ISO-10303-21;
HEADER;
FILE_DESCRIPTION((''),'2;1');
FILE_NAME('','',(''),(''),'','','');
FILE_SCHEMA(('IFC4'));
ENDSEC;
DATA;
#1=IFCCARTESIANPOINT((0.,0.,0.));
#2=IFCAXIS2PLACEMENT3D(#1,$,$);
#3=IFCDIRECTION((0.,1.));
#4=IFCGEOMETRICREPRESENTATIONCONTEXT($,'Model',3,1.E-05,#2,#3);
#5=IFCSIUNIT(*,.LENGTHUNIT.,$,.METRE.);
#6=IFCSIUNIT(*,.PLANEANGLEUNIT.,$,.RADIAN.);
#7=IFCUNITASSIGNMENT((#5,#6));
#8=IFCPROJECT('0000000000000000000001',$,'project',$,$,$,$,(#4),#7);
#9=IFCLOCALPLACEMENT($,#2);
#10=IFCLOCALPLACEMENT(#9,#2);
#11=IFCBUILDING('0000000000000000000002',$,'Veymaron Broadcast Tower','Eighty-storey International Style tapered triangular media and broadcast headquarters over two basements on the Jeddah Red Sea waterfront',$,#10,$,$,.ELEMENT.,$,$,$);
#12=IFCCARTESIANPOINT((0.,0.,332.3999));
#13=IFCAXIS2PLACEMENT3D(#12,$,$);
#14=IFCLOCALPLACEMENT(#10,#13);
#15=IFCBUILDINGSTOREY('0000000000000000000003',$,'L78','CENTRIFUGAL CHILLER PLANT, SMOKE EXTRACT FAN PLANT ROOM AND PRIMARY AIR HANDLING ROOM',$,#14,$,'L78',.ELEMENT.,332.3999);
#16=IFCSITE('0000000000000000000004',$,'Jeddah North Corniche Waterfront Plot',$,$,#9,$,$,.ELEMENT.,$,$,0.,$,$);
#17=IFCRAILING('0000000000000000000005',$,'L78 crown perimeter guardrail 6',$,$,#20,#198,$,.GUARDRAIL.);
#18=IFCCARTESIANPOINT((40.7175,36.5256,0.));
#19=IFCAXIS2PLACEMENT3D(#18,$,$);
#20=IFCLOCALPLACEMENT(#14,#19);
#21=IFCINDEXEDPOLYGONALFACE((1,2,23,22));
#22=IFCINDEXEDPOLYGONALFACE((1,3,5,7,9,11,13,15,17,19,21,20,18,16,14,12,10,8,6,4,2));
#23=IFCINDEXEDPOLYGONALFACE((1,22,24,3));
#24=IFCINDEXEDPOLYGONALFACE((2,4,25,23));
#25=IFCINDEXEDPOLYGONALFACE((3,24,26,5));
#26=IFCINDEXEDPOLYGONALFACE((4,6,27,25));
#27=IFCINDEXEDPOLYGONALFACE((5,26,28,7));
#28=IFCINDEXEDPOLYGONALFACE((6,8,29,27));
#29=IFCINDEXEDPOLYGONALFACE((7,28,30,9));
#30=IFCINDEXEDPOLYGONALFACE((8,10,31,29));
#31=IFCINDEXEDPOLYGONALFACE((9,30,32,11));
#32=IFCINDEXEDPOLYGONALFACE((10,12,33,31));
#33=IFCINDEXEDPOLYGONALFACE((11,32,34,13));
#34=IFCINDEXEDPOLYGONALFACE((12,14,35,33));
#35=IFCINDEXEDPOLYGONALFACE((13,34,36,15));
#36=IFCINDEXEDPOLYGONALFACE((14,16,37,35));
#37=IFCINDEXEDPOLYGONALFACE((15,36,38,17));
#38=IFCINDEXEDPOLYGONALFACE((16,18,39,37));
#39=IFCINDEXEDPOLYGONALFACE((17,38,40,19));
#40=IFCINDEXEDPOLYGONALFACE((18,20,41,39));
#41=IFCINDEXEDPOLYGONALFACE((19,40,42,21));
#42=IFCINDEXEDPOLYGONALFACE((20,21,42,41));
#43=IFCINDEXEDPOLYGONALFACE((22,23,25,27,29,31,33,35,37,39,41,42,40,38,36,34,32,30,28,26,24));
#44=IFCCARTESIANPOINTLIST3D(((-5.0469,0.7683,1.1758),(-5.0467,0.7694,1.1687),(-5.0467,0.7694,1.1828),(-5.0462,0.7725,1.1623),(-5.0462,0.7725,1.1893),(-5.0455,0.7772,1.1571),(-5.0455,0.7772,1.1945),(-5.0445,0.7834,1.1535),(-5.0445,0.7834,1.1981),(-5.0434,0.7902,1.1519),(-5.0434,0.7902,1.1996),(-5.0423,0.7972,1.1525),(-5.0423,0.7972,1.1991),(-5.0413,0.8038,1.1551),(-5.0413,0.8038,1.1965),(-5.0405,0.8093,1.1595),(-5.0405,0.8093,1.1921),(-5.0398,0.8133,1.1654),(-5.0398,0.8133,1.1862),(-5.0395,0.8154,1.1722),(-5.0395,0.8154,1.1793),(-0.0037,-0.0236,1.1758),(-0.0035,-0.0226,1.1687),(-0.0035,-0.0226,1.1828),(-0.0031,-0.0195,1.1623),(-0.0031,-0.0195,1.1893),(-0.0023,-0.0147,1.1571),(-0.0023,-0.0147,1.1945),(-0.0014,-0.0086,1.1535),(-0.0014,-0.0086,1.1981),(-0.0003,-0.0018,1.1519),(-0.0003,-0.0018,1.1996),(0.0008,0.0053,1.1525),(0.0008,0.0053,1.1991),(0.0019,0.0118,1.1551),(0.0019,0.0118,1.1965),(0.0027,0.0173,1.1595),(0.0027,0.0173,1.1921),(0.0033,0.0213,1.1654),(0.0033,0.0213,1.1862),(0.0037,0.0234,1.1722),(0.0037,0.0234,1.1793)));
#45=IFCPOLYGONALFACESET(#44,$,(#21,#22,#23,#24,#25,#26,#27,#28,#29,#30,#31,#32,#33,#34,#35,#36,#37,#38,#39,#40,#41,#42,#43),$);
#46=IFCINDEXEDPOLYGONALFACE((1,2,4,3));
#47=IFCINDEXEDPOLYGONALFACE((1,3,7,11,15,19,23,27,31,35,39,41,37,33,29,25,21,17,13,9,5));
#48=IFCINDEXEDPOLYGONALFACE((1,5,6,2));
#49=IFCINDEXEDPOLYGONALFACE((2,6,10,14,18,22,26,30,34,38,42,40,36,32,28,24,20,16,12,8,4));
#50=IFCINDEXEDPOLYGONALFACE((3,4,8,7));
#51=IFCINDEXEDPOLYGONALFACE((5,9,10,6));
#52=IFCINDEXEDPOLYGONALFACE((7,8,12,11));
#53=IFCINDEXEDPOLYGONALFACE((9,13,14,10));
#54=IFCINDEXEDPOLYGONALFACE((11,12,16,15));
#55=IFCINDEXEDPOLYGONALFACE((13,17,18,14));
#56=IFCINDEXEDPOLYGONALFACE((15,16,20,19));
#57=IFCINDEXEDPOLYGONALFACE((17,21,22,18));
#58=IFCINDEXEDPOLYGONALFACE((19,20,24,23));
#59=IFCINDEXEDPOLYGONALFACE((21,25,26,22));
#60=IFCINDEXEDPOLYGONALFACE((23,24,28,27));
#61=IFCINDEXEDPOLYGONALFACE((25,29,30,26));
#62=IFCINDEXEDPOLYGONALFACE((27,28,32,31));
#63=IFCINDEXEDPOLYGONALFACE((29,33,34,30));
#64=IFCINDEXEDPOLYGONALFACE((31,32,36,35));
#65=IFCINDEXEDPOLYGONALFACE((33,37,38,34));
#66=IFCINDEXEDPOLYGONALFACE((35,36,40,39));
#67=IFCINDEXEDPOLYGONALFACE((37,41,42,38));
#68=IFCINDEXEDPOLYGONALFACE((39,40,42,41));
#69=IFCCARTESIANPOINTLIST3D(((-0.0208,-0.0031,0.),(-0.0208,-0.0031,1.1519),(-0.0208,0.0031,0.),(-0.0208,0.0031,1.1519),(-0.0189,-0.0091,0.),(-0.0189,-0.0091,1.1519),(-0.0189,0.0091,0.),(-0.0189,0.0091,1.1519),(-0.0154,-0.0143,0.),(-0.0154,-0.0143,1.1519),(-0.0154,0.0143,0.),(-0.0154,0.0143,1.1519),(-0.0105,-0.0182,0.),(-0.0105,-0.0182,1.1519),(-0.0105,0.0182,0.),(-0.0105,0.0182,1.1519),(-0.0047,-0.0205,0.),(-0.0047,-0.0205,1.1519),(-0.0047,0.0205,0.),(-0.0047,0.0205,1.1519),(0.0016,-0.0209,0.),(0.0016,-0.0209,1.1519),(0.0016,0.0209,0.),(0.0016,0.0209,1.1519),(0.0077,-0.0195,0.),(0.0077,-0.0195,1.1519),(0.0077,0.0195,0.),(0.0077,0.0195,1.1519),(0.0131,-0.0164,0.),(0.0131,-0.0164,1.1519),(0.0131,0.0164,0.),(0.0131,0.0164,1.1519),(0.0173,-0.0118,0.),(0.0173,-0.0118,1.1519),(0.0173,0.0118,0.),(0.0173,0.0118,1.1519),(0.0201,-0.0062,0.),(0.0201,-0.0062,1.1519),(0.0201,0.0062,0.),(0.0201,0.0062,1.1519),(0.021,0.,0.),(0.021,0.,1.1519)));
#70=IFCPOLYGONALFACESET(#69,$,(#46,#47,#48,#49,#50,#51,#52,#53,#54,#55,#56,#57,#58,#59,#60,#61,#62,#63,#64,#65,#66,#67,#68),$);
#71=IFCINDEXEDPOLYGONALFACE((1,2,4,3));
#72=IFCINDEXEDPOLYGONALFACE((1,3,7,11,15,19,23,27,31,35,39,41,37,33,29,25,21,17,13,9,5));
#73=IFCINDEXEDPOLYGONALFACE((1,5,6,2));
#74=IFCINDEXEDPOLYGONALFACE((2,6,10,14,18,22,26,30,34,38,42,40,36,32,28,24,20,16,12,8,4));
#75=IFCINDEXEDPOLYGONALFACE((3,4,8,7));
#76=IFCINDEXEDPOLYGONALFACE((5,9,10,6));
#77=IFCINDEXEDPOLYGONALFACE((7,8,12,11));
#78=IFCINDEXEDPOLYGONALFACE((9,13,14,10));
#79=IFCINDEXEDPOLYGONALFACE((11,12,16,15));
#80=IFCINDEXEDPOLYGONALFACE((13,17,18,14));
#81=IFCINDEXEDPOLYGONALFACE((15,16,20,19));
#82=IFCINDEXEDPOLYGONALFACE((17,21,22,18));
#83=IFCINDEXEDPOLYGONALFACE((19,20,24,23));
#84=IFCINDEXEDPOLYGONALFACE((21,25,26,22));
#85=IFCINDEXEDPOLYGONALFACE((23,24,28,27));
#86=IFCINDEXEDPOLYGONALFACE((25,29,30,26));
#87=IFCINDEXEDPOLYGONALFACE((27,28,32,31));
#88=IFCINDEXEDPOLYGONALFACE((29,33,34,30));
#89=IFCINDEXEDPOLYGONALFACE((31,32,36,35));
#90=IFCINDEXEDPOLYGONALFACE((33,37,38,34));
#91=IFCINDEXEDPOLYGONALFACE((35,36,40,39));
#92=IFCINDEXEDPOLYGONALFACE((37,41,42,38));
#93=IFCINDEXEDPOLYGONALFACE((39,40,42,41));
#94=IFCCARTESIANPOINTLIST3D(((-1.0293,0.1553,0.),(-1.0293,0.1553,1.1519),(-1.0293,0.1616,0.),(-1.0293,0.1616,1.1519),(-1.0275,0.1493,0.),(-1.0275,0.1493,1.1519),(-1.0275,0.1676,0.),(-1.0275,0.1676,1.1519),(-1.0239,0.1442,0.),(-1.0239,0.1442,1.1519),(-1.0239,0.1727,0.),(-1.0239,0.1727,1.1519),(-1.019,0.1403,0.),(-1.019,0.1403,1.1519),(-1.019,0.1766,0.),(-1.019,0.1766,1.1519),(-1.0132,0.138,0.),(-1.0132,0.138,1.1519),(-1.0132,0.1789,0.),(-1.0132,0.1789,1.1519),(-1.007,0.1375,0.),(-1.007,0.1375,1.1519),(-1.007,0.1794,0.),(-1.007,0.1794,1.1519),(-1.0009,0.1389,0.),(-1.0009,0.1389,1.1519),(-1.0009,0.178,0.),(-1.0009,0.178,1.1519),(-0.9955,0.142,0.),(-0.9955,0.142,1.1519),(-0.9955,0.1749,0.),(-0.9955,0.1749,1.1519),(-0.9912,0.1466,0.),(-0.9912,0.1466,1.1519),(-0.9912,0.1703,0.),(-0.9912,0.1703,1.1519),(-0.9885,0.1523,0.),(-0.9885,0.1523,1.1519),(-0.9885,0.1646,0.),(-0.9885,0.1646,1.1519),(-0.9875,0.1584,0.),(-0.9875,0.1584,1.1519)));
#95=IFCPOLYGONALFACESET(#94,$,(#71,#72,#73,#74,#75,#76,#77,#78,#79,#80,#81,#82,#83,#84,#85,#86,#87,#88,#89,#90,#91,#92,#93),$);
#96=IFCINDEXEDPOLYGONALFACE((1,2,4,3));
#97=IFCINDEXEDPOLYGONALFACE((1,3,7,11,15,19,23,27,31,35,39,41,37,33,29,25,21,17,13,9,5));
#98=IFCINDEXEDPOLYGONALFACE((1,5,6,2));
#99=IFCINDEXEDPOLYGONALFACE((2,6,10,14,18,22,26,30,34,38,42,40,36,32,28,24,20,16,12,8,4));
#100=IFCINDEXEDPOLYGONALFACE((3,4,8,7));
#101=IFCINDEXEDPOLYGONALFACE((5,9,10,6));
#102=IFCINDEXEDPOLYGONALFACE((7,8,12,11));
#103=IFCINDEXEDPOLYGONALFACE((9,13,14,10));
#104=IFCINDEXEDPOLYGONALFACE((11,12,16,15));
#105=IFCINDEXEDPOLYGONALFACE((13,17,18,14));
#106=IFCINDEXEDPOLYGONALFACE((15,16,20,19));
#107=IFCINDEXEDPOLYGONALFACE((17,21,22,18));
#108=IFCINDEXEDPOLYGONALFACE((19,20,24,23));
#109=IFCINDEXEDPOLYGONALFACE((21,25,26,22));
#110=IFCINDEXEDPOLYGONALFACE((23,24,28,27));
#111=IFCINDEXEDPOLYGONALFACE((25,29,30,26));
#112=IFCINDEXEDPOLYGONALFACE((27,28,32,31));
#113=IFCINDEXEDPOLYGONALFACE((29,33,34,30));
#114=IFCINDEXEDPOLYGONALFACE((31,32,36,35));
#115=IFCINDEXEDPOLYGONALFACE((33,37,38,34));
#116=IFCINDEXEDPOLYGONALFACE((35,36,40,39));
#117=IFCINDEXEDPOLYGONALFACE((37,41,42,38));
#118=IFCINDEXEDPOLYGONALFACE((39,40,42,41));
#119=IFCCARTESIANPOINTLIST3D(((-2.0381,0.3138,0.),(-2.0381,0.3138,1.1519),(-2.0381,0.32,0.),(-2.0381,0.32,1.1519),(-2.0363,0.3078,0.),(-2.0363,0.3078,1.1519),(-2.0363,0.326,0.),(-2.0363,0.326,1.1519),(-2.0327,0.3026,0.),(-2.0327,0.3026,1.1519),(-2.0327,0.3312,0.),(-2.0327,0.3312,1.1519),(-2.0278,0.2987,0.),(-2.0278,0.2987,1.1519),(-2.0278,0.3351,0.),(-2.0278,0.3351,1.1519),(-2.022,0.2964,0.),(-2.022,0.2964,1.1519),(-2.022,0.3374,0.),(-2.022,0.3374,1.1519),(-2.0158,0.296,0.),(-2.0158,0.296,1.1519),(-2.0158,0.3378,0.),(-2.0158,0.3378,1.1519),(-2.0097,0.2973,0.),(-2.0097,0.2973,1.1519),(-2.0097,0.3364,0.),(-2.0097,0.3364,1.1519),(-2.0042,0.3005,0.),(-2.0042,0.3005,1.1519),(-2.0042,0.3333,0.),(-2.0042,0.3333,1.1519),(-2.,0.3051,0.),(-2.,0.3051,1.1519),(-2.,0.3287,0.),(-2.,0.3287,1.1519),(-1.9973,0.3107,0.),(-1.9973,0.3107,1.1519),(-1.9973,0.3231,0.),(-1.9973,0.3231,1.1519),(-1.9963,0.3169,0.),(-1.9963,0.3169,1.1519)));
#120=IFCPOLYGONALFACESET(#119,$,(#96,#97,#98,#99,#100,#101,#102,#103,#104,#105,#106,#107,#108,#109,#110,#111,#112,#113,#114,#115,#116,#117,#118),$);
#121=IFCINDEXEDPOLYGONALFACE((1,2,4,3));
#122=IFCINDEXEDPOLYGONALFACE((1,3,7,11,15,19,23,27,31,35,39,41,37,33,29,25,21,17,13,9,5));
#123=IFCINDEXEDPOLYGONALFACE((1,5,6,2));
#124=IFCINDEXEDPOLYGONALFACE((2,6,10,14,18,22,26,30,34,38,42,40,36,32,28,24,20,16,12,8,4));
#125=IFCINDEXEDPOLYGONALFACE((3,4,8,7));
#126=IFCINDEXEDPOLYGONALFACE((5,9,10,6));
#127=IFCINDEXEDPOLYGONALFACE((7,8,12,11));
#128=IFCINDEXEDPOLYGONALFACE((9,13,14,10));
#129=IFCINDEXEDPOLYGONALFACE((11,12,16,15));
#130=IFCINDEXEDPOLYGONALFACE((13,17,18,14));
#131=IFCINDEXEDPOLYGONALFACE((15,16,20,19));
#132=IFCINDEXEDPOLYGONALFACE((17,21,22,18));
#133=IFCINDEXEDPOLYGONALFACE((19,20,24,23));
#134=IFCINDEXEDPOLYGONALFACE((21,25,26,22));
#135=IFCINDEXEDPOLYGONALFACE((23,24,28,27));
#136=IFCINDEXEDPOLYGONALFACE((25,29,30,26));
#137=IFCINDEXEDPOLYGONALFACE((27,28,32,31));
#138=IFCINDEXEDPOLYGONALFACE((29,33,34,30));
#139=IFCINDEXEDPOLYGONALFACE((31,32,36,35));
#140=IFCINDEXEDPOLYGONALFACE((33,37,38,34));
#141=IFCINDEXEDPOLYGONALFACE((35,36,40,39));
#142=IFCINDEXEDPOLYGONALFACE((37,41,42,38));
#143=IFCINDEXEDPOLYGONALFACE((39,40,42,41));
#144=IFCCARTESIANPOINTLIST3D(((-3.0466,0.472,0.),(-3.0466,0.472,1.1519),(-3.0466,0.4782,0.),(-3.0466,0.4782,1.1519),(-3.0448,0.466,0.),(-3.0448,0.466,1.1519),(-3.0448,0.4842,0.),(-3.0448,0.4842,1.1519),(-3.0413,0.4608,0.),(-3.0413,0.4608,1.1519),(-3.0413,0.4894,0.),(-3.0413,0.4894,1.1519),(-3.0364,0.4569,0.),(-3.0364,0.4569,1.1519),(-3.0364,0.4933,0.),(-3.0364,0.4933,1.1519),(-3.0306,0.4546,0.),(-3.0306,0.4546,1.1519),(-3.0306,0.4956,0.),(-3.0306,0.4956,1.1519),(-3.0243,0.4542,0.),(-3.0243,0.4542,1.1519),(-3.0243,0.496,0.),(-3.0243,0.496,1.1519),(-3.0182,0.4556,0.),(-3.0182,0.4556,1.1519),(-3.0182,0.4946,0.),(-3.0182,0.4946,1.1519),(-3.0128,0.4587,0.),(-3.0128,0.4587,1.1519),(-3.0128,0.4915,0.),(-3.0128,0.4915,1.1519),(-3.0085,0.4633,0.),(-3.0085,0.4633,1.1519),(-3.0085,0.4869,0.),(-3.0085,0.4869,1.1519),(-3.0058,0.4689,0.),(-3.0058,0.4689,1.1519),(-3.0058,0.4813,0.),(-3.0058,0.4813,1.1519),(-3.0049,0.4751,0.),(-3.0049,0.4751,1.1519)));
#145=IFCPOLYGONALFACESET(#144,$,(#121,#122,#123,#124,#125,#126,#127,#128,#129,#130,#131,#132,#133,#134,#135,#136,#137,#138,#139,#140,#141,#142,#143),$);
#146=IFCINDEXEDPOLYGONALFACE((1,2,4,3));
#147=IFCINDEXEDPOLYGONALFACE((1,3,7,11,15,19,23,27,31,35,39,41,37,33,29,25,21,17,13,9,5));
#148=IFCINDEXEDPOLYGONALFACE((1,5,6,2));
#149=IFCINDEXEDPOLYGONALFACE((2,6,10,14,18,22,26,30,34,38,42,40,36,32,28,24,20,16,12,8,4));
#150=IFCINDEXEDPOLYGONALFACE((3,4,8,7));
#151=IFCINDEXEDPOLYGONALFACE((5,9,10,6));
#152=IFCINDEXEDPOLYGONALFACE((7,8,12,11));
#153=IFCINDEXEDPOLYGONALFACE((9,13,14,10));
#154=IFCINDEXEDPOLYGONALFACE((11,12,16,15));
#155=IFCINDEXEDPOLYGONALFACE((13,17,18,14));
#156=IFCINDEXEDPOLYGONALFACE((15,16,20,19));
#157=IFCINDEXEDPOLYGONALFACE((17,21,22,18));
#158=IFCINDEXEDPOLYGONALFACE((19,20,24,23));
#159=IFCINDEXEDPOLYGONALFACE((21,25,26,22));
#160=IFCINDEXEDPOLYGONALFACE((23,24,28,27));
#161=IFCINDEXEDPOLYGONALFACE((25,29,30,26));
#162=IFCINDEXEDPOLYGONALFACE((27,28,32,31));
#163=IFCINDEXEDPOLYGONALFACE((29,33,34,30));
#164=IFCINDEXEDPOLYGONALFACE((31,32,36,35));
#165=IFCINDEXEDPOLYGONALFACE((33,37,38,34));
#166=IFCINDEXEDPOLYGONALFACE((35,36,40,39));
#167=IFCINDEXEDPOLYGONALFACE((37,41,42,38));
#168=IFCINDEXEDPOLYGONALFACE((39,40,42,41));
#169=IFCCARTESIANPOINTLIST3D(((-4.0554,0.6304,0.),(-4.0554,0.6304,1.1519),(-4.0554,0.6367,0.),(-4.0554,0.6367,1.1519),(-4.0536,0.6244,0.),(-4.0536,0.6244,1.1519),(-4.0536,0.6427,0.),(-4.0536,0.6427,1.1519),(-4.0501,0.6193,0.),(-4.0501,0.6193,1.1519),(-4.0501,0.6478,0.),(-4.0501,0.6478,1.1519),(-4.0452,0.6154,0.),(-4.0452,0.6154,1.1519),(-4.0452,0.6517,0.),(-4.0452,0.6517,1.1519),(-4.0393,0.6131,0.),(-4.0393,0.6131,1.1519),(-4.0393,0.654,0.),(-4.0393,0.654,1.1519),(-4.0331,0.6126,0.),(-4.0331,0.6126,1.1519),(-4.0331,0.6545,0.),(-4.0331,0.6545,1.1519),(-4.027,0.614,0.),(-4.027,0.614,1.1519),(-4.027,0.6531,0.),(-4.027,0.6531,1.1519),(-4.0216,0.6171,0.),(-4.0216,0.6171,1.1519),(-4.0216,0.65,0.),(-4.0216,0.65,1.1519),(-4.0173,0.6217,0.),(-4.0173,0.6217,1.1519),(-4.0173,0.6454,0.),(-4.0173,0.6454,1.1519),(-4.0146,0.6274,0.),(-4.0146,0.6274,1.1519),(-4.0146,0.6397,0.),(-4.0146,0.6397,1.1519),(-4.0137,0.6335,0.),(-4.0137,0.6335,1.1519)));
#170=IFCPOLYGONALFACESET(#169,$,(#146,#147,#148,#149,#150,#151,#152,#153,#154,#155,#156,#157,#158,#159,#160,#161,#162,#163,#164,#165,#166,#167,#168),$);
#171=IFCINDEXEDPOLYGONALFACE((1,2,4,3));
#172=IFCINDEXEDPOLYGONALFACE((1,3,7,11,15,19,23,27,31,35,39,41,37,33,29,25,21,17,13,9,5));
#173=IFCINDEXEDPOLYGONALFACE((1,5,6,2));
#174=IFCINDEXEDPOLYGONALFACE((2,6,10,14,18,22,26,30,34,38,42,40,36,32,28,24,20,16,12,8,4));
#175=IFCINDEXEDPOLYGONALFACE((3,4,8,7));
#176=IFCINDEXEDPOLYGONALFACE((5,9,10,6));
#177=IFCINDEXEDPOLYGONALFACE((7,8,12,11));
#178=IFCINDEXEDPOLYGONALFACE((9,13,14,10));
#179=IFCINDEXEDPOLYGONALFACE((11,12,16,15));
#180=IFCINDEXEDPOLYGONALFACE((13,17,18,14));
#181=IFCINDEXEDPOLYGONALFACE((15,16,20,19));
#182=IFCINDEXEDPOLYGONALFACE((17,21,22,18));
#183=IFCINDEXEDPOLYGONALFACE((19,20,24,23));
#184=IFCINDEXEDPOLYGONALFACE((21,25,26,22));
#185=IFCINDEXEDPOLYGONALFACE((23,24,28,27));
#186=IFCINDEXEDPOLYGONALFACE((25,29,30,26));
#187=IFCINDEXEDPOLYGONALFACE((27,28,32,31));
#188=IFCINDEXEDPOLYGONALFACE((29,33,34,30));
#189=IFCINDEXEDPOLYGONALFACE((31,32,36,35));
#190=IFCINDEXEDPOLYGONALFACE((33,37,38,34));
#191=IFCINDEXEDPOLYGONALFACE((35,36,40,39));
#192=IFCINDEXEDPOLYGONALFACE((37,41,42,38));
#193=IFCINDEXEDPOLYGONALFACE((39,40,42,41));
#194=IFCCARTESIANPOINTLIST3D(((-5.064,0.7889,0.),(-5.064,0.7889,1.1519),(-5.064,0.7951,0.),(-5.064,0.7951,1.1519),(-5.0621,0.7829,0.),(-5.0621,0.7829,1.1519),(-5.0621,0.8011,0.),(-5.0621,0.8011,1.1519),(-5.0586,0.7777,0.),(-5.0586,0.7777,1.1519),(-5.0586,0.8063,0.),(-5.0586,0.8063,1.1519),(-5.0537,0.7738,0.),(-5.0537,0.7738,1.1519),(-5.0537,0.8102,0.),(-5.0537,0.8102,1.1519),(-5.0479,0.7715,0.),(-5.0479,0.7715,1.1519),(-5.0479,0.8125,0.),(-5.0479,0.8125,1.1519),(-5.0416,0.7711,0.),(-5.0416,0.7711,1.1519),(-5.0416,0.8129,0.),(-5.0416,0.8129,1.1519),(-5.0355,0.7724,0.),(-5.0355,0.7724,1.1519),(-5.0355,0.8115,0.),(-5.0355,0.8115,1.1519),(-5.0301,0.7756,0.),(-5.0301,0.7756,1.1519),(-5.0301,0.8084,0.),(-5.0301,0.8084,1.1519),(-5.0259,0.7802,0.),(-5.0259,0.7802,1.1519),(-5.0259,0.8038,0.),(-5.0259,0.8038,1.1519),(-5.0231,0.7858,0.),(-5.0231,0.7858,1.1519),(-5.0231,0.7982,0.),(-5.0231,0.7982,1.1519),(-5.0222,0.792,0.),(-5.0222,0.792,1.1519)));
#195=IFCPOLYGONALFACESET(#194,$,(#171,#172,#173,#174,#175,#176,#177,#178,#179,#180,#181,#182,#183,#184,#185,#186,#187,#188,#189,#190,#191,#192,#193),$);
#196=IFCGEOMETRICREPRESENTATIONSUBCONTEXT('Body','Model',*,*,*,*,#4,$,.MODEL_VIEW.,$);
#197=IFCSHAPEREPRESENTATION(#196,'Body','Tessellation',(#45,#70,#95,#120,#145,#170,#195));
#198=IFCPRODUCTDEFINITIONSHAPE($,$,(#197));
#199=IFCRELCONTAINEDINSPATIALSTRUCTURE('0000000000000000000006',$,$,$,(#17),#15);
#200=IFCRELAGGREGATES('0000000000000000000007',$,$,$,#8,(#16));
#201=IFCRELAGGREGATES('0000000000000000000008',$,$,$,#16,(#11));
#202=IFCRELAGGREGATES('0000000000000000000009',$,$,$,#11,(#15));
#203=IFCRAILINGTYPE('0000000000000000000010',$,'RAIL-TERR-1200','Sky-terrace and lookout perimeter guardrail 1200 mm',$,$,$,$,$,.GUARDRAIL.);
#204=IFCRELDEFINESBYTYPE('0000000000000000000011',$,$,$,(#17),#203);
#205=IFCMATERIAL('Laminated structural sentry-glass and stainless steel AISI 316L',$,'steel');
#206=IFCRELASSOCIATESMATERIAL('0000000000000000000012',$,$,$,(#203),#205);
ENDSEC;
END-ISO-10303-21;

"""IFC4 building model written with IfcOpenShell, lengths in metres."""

from ifc_helpers import new_model, si_unit, direction, frame, origin, origin_2d, place, context, subcontext, project, spatial, circle, extrude, material, type_object, element, save


model = new_model("IFC4")

# Units and contexts
model_context = context("Model", 3, precision=1e-05, world=origin(), true_north=direction((0.0, 1.0)))
body_context = subcontext(model_context, "Body", "Model", "MODEL_VIEW")
ifc_project = project(units=[si_unit("LENGTHUNIT", "METRE"), si_unit("PLANEANGLEUNIT", "RADIAN")], contexts=[model_context])

# Site, building, storey
site_placement = place(None, origin())
site = spatial("IfcSite", under=ifc_project, at=site_placement, Name="Jeddah North Corniche Waterfront Plot", CompositionType="ELEMENT", RefElevation=0.0)
building_placement = place(site_placement, origin())
building = spatial("IfcBuilding", under=site, at=building_placement, Name="Veymaron Broadcast Tower", Description="Eighty-storey International Style tapered triangular media and broadcast headquarters over two basements on the Jeddah Red Sea waterfront", CompositionType="ELEMENT")
storey_placement = place(building_placement, frame((0.0, 0.0, 332.3999)))
storey = spatial("IfcBuildingStorey", under=building, at=storey_placement, Name="L78", Description="CENTRIFUGAL CHILLER PLANT, SMOKE EXTRACT FAN PLANT ROOM AND PRIMARY AIR HANDLING ROOM", LongName="L78", CompositionType="ELEMENT", Elevation=332.3999)

# Railing
ifc_material_1 = material(Name="Laminated structural sentry-glass and stainless steel AISI 316L", Category="steel")
railing_type_1 = type_object("IfcRailingType", Name="RAIL-TERR-1200", Description="Sky-terrace and lookout perimeter guardrail 1200 mm", PredefinedType="GUARDRAIL", material=ifc_material_1)
railing_1_placement = place(storey_placement, frame((40.7175, 36.5256, 0.0)))
element("IfcRailing", 1, at=railing_1_placement, inside=storey, type_object=railing_type_1, Name="L78 crown perimeter guardrail 6", PredefinedType="GUARDRAIL", context=body_context, shape_type="SweptSolid", body=[
    extrude(circle(Radius=0.0239, at=origin_2d()), frame((0.0, 0.0, 1.1758), z_axis=(-0.987893, 0.15514, 0.0), x_axis=(-0.15514, -0.987893, 0.0)), (0.0, 0.0, 1.0), 5.105),
    extrude(circle(Radius=0.021, at=origin_2d()), origin(), (0.0, 0.0, 1.0), 1.1519),
    extrude(circle(Radius=0.021, at=origin_2d()), frame((-1.0085, 0.1584, 0.0)), (0.0, 0.0, 1.0), 1.1519),
    extrude(circle(Radius=0.021, at=origin_2d()), frame((-2.0173, 0.3169, 0.0)), (0.0, 0.0, 1.0), 1.1519),
    extrude(circle(Radius=0.021, at=origin_2d()), frame((-3.0259, 0.4751, 0.0)), (0.0, 0.0, 1.0), 1.1519),
    extrude(circle(Radius=0.021, at=origin_2d()), frame((-4.0347, 0.6335, 0.0)), (0.0, 0.0, 1.0), 1.1519),
    extrude(circle(Radius=0.021, at=origin_2d()), frame((-5.0432, 0.792, 0.0)), (0.0, 0.0, 1.0), 1.1519),
])

save(model, "model.ifc")
